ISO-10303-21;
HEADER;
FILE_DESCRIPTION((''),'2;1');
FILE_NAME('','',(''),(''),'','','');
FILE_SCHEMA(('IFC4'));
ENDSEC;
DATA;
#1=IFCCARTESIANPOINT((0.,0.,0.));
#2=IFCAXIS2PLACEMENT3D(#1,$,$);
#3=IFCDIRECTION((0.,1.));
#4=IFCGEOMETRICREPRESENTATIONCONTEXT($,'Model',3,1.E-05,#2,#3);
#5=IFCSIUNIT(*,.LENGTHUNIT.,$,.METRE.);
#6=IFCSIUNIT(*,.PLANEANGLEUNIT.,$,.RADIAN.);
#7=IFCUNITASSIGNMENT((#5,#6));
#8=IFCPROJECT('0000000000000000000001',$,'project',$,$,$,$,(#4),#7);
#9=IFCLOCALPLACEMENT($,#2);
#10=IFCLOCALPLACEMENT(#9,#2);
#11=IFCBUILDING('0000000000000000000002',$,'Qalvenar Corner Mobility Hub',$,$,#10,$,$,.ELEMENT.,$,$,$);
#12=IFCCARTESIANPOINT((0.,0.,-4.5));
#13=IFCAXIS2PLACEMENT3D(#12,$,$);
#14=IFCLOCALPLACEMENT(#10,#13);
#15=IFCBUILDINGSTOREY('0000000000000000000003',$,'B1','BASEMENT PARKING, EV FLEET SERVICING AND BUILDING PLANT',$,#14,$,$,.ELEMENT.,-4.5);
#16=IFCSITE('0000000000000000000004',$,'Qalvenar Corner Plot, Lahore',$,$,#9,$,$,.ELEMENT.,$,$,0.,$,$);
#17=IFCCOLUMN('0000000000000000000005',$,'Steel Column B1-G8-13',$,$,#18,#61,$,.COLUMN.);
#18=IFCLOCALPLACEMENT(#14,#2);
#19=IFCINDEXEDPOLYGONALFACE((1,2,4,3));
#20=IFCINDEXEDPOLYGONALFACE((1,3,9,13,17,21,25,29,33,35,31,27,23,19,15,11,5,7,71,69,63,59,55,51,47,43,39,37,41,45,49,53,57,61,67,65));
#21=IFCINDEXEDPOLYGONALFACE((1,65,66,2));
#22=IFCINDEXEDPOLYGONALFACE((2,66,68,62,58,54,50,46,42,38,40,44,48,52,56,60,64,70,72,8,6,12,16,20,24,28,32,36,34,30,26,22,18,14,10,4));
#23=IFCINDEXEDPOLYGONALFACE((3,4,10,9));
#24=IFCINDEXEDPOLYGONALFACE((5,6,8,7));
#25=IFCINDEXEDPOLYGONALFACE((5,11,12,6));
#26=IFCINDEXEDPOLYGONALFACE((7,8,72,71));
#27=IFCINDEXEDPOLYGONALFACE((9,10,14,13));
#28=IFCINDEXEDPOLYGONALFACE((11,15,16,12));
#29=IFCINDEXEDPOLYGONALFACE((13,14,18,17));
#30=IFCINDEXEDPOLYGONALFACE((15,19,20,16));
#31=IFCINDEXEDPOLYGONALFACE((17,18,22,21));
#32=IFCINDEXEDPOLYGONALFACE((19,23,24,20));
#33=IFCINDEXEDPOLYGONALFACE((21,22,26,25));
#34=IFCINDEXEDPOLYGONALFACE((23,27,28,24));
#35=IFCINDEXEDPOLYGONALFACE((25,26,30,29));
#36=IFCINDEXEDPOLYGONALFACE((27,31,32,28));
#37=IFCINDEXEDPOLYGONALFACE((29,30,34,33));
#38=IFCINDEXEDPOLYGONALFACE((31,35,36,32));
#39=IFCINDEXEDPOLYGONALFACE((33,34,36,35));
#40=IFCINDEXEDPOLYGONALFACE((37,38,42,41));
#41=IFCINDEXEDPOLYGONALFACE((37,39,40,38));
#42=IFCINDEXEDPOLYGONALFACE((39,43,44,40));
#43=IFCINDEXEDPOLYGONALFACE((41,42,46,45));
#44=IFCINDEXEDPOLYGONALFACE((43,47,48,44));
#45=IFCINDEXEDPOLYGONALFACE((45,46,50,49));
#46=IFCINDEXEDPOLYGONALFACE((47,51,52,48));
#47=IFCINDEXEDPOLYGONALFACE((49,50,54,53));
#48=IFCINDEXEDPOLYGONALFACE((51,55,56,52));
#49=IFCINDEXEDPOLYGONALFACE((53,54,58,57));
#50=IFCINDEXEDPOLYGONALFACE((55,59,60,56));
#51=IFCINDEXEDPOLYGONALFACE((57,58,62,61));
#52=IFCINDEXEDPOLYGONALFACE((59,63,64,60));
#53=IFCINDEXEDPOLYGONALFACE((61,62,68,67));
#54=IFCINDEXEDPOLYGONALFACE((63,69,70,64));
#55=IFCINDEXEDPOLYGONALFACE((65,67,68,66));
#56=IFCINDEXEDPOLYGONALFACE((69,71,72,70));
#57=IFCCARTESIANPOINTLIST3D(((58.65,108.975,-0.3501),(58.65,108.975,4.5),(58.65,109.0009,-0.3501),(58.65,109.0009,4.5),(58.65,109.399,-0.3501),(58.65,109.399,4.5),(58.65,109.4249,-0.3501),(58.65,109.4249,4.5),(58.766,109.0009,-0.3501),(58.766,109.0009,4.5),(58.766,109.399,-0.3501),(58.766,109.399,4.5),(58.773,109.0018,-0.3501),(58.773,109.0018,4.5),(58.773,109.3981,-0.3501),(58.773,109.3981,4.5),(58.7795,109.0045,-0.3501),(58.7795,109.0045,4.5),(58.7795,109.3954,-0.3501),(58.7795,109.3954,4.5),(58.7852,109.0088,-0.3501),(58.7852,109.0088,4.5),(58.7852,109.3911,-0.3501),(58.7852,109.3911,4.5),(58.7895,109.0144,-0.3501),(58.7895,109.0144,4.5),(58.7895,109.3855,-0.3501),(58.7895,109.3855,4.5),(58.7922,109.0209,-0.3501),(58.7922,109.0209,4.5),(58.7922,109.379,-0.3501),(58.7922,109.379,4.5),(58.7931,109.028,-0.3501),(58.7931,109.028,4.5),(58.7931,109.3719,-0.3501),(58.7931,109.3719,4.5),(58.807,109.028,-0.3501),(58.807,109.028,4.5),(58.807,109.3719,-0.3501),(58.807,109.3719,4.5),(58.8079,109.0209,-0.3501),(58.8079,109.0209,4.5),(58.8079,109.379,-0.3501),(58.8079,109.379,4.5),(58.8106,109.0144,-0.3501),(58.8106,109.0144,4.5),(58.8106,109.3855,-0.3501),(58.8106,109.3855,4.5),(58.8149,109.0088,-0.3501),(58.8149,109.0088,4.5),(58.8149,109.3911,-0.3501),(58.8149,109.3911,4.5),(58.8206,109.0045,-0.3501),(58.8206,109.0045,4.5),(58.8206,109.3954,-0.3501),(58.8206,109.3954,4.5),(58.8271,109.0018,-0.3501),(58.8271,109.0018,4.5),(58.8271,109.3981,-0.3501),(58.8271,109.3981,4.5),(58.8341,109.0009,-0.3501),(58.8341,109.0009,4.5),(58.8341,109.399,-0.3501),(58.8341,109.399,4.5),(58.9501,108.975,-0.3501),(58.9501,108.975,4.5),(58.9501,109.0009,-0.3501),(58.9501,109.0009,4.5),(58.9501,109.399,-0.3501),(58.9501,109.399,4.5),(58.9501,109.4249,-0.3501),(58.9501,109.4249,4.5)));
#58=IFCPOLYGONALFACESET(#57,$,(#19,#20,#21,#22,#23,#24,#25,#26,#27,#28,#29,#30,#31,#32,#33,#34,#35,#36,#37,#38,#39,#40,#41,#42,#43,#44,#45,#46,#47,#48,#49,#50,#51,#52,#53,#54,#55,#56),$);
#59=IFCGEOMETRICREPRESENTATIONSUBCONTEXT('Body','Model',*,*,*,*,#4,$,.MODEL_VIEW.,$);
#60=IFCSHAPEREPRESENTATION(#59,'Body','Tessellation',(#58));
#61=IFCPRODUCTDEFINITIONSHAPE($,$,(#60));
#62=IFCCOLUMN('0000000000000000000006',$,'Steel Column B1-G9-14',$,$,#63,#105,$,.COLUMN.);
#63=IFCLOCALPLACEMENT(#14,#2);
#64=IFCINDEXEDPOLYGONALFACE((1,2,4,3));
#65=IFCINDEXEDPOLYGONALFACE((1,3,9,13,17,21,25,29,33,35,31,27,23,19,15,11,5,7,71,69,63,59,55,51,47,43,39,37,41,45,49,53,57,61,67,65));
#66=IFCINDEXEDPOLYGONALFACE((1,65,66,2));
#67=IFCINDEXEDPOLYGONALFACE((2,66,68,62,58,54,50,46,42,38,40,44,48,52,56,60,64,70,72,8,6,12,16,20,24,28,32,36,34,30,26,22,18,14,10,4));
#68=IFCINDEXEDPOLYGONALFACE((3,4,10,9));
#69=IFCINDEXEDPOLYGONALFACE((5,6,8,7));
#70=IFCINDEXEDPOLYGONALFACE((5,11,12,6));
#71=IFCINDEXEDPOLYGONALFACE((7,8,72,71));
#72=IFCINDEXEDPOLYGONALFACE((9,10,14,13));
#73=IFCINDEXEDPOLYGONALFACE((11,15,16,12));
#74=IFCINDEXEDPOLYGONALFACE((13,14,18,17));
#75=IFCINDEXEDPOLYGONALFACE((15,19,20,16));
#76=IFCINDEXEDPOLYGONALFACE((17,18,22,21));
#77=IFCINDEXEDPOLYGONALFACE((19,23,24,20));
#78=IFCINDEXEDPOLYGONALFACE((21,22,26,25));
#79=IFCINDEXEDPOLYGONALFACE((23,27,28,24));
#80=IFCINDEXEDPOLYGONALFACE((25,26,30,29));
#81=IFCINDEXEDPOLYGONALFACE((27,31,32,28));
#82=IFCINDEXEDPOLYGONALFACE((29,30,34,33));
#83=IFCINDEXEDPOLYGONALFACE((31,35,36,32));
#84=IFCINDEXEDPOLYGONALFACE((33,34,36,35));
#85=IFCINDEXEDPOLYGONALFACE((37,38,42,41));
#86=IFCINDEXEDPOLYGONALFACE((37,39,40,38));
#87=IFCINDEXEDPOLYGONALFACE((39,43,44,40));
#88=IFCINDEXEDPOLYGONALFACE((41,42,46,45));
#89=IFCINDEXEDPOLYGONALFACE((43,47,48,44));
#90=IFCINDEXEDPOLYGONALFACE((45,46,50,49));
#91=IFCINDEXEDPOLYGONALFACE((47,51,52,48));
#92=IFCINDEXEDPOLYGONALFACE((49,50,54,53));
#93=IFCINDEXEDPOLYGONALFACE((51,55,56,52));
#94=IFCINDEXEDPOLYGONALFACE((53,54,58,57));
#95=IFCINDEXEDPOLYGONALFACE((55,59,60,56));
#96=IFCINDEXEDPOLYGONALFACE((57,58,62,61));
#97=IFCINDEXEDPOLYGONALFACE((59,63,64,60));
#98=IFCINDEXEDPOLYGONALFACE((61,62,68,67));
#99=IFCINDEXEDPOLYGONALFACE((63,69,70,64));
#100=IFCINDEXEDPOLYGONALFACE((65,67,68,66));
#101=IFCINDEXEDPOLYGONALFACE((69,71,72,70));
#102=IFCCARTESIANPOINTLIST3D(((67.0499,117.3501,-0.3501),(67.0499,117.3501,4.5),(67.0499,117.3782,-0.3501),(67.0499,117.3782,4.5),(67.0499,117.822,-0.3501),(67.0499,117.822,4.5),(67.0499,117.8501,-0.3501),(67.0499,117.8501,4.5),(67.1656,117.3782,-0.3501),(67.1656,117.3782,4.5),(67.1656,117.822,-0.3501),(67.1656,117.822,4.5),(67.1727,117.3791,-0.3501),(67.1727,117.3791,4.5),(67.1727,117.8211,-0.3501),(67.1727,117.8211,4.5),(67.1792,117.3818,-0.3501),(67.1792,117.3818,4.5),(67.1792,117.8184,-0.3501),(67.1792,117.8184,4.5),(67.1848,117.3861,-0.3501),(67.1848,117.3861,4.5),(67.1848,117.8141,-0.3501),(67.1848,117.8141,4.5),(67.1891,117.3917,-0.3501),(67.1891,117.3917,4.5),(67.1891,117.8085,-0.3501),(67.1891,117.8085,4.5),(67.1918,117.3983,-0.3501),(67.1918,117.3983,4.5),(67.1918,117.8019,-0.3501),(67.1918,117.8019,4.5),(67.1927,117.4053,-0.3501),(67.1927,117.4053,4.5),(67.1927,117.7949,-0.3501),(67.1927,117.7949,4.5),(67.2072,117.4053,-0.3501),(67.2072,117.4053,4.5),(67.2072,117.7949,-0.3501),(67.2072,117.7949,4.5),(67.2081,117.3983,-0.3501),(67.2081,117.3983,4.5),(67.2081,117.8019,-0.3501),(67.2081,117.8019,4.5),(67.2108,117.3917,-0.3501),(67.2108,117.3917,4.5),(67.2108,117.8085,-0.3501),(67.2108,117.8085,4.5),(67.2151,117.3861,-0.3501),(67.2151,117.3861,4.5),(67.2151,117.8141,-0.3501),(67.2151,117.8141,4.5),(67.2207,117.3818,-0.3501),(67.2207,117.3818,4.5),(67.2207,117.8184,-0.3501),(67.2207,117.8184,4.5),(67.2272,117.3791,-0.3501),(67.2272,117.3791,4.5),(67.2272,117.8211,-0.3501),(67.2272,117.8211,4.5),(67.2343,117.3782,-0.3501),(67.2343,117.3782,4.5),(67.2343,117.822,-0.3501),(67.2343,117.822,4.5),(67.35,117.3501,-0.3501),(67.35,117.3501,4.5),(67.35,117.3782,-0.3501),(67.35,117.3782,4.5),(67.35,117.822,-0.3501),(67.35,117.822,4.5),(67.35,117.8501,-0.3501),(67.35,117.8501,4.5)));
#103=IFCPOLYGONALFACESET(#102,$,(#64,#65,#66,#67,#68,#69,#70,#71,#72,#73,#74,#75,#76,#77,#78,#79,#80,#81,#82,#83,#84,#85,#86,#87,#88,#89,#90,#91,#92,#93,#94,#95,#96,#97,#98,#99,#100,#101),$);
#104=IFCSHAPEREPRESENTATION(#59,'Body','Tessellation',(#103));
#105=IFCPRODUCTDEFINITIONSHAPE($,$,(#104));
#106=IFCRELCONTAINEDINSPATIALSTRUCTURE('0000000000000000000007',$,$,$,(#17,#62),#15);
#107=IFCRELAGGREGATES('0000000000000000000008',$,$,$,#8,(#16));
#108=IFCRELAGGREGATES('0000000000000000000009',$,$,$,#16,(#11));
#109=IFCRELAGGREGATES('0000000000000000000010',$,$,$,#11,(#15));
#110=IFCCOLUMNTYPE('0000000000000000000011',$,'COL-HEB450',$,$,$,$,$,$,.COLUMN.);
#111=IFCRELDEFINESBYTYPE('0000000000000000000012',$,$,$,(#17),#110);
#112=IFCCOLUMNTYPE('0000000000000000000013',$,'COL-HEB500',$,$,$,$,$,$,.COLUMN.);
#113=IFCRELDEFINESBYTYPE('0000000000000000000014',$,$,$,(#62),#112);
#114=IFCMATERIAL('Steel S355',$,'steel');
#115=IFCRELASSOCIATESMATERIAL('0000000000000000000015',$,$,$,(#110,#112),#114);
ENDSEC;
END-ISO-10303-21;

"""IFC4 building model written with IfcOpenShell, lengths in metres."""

from ifc_helpers import new_model, si_unit, direction, frame, origin, origin_2d, place, context, subcontext, project, spatial, i_section, extrude, material, material_profile, profile_set, type_object, element, save


model = new_model("IFC4")

# Units and contexts
model_context = context("Model", 3, precision=1e-05, world=origin(), true_north=direction((0.0, 1.0)))
body_context = subcontext(model_context, "Body", "Model", "MODEL_VIEW")
ifc_project = project(units=[si_unit("LENGTHUNIT", "METRE"), si_unit("PLANEANGLEUNIT", "RADIAN")], contexts=[model_context])

# Site, building, storey
site_placement = place(None, origin())
site = spatial("IfcSite", under=ifc_project, at=site_placement, Name="Qalvenar Corner Plot, Lahore", CompositionType="ELEMENT", RefElevation=0.0)
building_placement = place(site_placement, origin())
building = spatial("IfcBuilding", under=site, at=building_placement, Name="Qalvenar Corner Mobility Hub", CompositionType="ELEMENT")
storey_placement = place(building_placement, frame((0.0, 0.0, -4.5)))
storey = spatial("IfcBuildingStorey", under=building, at=storey_placement, Name="B1", Description="BASEMENT PARKING, EV FLEET SERVICING AND BUILDING PLANT", CompositionType="ELEMENT", Elevation=-4.5)

# Columns
ifc_material_1 = material(Name="Steel S355", Category="steel")
ifc_material_profile_1 = material_profile(ifc_material_1, i_section(OverallWidth=0.3, OverallDepth=0.45, WebThickness=0.0139, FlangeThickness=0.0259, FilletRadius=0.0271, at=origin_2d()), Name="HEB450")
ifc_profile_set_1 = profile_set([ifc_material_profile_1], Name="Steel S355")
column_type_1 = type_object("IfcColumnType", Name="COL-HEB450", PredefinedType="COLUMN", material=ifc_profile_set_1)
column_1_placement = place(storey_placement, frame((58.8, 109.2, -0.3501), z_axis=(0.0, 0.0, 1.0), x_axis=(1.0, 0.0, 0.0)))
element("IfcColumn", 1, at=column_1_placement, inside=storey, type_object=column_type_1, Name="Steel Column B1-G8-13", PredefinedType="COLUMN", context=body_context, shape_type="SweptSolid", body=[
    extrude(i_section(OverallWidth=0.3, OverallDepth=0.45, WebThickness=0.0139, FlangeThickness=0.0259, FilletRadius=0.0271, at=origin_2d()), origin(), (0.0, 0.0, 1.0), 4.8501),
])
ifc_material_profile_2 = material_profile(ifc_material_1, i_section(OverallWidth=0.3, OverallDepth=0.5, WebThickness=0.0144, FlangeThickness=0.0281, FilletRadius=0.0271, at=origin_2d()), Name="HEB500")
ifc_profile_set_2 = profile_set([ifc_material_profile_2], Name="Steel S355")
column_type_2 = type_object("IfcColumnType", Name="COL-HEB500", PredefinedType="COLUMN", material=ifc_profile_set_2)
column_2_placement = place(storey_placement, frame((67.2, 117.6001, -0.3501), z_axis=(0.0, 0.0, 1.0), x_axis=(1.0, 0.0, 0.0)))
element("IfcColumn", 2, at=column_2_placement, inside=storey, type_object=column_type_2, Name="Steel Column B1-G9-14", PredefinedType="COLUMN", context=body_context, shape_type="SweptSolid", body=[
    extrude(i_section(OverallWidth=0.3, OverallDepth=0.5, WebThickness=0.0144, FlangeThickness=0.0281, FilletRadius=0.0271, at=origin_2d()), origin(), (0.0, 0.0, 1.0), 4.8501),
])

save(model, "model.ifc")
